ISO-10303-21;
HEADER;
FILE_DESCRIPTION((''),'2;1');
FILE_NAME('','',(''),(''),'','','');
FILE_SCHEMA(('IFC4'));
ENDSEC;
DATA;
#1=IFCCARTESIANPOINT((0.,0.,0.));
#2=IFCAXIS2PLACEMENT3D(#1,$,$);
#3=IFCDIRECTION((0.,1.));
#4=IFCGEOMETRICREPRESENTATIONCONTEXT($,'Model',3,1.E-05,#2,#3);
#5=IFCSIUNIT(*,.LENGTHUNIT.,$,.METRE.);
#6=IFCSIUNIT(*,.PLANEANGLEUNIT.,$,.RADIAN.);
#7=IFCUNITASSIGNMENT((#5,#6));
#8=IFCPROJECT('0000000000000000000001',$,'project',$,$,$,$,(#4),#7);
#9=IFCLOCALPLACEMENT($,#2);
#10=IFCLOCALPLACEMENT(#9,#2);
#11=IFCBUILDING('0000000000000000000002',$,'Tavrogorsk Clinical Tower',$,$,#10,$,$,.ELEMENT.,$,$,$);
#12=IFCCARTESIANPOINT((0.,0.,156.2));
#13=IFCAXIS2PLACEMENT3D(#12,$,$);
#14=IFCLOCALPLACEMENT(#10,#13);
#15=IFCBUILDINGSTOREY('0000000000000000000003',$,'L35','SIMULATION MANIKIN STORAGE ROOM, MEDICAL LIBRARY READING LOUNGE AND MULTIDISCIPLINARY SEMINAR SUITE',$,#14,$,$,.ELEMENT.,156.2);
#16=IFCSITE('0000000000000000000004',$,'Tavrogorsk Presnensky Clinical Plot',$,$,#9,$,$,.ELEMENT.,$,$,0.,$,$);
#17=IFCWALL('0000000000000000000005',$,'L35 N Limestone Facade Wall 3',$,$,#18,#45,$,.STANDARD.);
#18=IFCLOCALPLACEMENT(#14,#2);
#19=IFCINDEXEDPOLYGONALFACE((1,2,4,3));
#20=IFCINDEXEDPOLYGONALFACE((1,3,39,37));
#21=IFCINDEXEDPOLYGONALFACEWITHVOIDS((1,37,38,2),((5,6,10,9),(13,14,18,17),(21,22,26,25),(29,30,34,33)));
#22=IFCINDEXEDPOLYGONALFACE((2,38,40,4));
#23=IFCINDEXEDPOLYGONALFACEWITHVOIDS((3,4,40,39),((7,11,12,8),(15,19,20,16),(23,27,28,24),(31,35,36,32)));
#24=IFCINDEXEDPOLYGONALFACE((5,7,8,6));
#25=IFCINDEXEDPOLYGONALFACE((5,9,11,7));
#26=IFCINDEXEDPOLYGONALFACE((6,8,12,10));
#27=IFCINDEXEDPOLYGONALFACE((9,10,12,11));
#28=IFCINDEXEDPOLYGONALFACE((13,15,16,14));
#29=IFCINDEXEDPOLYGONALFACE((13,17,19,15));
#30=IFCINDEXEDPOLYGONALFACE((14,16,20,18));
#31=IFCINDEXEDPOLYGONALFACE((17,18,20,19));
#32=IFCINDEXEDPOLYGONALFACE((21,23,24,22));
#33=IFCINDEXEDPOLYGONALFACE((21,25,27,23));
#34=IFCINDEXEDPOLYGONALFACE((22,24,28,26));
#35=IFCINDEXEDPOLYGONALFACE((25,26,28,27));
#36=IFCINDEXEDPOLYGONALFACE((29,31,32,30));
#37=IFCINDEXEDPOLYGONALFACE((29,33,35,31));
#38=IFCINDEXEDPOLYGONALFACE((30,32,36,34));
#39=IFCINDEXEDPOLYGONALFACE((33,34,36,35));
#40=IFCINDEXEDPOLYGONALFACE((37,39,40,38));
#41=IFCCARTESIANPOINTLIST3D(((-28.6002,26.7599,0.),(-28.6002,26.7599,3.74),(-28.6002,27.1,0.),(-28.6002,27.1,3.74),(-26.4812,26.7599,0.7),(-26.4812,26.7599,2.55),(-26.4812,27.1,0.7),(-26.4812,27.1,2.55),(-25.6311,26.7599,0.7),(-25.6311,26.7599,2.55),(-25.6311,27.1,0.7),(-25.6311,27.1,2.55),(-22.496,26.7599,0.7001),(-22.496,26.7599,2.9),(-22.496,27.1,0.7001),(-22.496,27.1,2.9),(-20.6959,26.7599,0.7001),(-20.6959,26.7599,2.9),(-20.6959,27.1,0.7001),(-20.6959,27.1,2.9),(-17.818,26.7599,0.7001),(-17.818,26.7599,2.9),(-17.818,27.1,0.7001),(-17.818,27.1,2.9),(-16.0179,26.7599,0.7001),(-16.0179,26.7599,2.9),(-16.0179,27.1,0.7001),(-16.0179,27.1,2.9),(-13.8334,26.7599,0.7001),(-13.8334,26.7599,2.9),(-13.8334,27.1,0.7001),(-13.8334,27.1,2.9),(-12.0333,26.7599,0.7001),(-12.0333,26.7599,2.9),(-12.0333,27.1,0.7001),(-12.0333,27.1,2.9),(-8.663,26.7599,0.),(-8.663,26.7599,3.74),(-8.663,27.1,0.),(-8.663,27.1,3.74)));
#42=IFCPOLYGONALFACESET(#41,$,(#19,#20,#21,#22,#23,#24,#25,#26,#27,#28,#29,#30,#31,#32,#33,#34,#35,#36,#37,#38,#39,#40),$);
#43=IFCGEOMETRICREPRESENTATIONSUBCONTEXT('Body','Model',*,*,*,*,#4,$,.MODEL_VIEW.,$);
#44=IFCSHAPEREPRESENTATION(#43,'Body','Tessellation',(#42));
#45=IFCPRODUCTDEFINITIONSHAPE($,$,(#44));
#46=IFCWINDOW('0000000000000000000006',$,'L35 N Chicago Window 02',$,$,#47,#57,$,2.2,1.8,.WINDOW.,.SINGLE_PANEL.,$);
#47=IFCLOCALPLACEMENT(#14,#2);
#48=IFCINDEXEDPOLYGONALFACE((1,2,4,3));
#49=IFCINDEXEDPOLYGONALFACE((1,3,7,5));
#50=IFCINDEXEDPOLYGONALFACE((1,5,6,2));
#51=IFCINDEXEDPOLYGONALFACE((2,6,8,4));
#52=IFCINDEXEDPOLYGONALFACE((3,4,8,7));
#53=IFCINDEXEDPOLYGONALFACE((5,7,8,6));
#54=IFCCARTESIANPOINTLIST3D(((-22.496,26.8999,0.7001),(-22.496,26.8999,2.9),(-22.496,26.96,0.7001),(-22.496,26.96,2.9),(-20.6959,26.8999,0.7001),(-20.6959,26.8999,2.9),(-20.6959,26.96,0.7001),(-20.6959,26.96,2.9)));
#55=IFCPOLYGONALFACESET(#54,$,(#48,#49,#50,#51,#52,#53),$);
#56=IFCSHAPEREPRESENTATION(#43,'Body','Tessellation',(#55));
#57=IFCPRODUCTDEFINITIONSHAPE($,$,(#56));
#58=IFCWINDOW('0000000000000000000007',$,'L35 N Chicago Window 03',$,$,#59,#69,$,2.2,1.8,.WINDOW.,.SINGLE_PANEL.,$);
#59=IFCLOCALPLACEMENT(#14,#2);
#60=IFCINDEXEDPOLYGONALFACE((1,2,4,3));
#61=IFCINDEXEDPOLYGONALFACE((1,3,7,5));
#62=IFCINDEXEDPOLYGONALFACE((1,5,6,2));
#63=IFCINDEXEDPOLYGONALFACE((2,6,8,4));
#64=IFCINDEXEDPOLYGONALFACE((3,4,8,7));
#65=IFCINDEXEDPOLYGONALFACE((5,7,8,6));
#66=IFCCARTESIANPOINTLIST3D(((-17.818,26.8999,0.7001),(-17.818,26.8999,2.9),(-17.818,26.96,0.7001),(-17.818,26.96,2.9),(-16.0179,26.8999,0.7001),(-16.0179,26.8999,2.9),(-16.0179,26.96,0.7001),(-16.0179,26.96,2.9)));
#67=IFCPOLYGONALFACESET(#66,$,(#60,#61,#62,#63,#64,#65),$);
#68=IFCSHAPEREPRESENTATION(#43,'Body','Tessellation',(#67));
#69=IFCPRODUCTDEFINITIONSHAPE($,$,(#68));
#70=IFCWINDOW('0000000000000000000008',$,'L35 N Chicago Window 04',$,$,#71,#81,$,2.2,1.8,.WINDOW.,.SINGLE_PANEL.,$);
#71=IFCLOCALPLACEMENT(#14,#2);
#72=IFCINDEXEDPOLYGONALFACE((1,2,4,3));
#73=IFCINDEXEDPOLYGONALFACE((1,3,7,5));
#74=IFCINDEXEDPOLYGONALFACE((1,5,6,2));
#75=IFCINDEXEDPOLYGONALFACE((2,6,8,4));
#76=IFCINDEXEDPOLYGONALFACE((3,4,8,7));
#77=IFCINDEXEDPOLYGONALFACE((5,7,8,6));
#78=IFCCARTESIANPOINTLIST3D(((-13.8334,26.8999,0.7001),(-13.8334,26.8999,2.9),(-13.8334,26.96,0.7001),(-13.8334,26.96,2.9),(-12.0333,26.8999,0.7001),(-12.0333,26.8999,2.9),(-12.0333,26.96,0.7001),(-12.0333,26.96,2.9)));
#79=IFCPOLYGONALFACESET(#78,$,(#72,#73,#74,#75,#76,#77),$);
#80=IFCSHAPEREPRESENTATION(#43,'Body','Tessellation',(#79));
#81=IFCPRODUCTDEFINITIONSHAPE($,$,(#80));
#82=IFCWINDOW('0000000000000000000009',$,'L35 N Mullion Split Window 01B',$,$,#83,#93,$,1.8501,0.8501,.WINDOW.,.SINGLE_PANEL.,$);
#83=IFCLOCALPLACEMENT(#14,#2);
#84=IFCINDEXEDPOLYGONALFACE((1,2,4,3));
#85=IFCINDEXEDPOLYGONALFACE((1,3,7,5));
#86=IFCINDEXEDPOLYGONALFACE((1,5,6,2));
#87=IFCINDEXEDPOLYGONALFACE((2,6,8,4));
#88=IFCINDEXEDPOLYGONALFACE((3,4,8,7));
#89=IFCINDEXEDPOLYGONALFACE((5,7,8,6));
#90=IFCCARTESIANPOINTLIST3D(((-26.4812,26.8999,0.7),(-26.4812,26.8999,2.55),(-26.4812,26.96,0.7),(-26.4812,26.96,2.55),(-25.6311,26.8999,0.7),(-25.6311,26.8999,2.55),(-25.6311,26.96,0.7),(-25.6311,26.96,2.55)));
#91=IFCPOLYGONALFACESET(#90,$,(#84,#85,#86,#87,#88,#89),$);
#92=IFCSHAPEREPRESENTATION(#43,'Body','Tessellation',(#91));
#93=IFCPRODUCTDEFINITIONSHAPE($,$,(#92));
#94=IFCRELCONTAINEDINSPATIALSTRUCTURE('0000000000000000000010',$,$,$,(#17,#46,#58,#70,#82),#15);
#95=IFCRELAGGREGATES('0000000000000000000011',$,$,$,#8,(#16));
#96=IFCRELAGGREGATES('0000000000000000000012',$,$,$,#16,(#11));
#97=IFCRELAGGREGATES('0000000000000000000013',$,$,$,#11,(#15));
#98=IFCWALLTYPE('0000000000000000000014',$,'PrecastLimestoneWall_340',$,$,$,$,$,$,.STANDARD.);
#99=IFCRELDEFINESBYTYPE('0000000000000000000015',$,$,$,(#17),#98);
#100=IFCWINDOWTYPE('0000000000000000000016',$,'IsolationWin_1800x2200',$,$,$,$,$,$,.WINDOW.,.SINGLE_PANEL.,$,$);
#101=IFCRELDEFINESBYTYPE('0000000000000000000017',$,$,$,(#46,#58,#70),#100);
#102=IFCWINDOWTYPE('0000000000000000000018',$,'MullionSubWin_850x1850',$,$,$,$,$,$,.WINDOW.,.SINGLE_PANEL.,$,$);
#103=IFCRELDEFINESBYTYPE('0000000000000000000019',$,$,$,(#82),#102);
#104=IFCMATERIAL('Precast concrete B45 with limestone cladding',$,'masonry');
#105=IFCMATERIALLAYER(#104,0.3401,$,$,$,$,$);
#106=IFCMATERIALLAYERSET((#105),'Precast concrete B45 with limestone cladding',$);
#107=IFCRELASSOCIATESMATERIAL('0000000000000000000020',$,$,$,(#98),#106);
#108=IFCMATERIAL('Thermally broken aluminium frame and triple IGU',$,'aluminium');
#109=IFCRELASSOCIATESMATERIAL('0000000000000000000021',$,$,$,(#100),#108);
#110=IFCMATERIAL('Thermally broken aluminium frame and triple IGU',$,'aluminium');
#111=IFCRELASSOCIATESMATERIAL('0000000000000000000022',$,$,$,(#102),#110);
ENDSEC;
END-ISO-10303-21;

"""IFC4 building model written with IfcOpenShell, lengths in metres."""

from ifc_helpers import new_model, si_unit, direction, frame, frame_2d, origin, place, context, subcontext, project, spatial, rectangle, extrude, material, layer, layer_set, type_object, element, fill, save


model = new_model("IFC4")

# Units and contexts
model_context = context("Model", 3, precision=1e-05, world=origin(), true_north=direction((0.0, 1.0)))
body_context = subcontext(model_context, "Body", "Model", "MODEL_VIEW")
ifc_project = project(units=[si_unit("LENGTHUNIT", "METRE"), si_unit("PLANEANGLEUNIT", "RADIAN")], contexts=[model_context])

# Site, building, storey
site_placement = place(None, origin())
site = spatial("IfcSite", under=ifc_project, at=site_placement, Name="Tavrogorsk Presnensky Clinical Plot", CompositionType="ELEMENT", RefElevation=0.0)
building_placement = place(site_placement, origin())
building = spatial("IfcBuilding", under=site, at=building_placement, Name="Tavrogorsk Clinical Tower", CompositionType="ELEMENT")
storey_placement = place(building_placement, frame((0.0, 0.0, 156.2)))
storey = spatial("IfcBuildingStorey", under=building, at=storey_placement, Name="L35", Description="SIMULATION MANIKIN STORAGE ROOM, MEDICAL LIBRARY READING LOUNGE AND MULTIDISCIPLINARY SEMINAR SUITE", CompositionType="ELEMENT", Elevation=156.2)

# Wall, openings, windows
ifc_material_1 = material(Name="Precast concrete B45 with limestone cladding", Category="masonry")
ifc_layer_1 = layer(ifc_material_1, 0.3401)
ifc_layer_set_1 = layer_set([ifc_layer_1], Name="Precast concrete B45 with limestone cladding")
wall_type_1 = type_object("IfcWallType", Name="PrecastLimestoneWall_340", PredefinedType="STANDARD", material=ifc_layer_set_1)
wall_1_placement = place(storey_placement, frame((-8.6628, 26.9299, 0.0), z_axis=(0.0, 0.0, 1.0), x_axis=(-1.0, 0.0, 0.0)))
wall_1 = element("IfcWall", 1, at=wall_1_placement, inside=storey, type_object=wall_type_1, Name="L35 N Limestone Facade Wall 3", PredefinedType="STANDARD", context=body_context, shape_type="SweptSolid", body=[
    extrude(rectangle(XDim=19.9373, YDim=0.3401, at=frame_2d((9.9688, 0.0))), origin(), (0.0, 0.0, 1.0), 3.74),
])
opening_1_placement = place(wall_1_placement, frame((16.9683, 0.0, 0.7)))
opening_1 = element("IfcOpeningElement", 2, at=opening_1_placement, cuts=wall_1, PredefinedType="OPENING", context=body_context, shape_type="SweptSolid", body=[
    extrude(rectangle(XDim=0.8501, YDim=1.8501, at=frame_2d((0.425, 0.925))), frame((0.0, 0.1799, 0.0), z_axis=(0.0, -1.0, 0.0), x_axis=(1.0, 0.0, 0.0)), (0.0, 0.0, 1.0), 0.3601),
])
opening_2_placement = place(wall_1_placement, frame((12.0332, 0.0, 0.7)))
opening_2 = element("IfcOpeningElement", 3, at=opening_2_placement, cuts=wall_1, PredefinedType="OPENING", context=body_context, shape_type="SweptSolid", body=[
    extrude(rectangle(XDim=1.8, YDim=2.2, at=frame_2d((0.8999, 1.1001))), frame((0.0, 0.1799, 0.0), z_axis=(0.0, -1.0, 0.0), x_axis=(1.0, 0.0, 0.0)), (0.0, 0.0, 1.0), 0.3601),
])
opening_3_placement = place(wall_1_placement, frame((7.3552, 0.0, 0.7)))
opening_3 = element("IfcOpeningElement", 4, at=opening_3_placement, cuts=wall_1, PredefinedType="OPENING", context=body_context, shape_type="SweptSolid", body=[
    extrude(rectangle(XDim=1.8, YDim=2.2, at=frame_2d((0.8999, 1.1001))), frame((0.0, 0.1799, 0.0), z_axis=(0.0, -1.0, 0.0), x_axis=(1.0, 0.0, 0.0)), (0.0, 0.0, 1.0), 0.3601),
])
opening_4_placement = place(wall_1_placement, frame((3.3706, 0.0, 0.7)))
opening_4 = element("IfcOpeningElement", 5, at=opening_4_placement, cuts=wall_1, PredefinedType="OPENING", context=body_context, shape_type="SweptSolid", body=[
    extrude(rectangle(XDim=1.8, YDim=2.2, at=frame_2d((0.8999, 1.1001))), frame((0.0, 0.1799, 0.0), z_axis=(0.0, -1.0, 0.0), x_axis=(1.0, 0.0, 0.0)), (0.0, 0.0, 1.0), 0.3601),
])
ifc_material_2 = material(Name="Thermally broken aluminium frame and triple IGU", Category="aluminium")
window_type_1 = type_object("IfcWindowType", Name="IsolationWin_1800x2200", PartitioningType="SINGLE_PANEL", PredefinedType="WINDOW", material=ifc_material_2)
window_1_placement = place(opening_2_placement, origin())
window_1 = element("IfcWindow", 6, at=window_1_placement, inside=storey, type_object=window_type_1, Name="L35 N Chicago Window 02", OverallHeight=2.2, OverallWidth=1.8, PartitioningType="SINGLE_PANEL", PredefinedType="WINDOW", context=body_context, shape_type="SweptSolid", body=[
    extrude(rectangle(XDim=1.8, YDim=2.2, at=frame_2d((0.8999, 1.1001))), frame((0.0, 0.03, 0.0), z_axis=(0.0, -1.0, 0.0), x_axis=(1.0, 0.0, 0.0)), (0.0, 0.0, 1.0), 0.0601),
])
fill(opening_2, window_1)
window_2_placement = place(opening_3_placement, origin())
window_2 = element("IfcWindow", 7, at=window_2_placement, inside=storey, type_object=window_type_1, Name="L35 N Chicago Window 03", OverallHeight=2.2, OverallWidth=1.8, PartitioningType="SINGLE_PANEL", PredefinedType="WINDOW", context=body_context, shape_type="SweptSolid", body=[
    extrude(rectangle(XDim=1.8, YDim=2.2, at=frame_2d((0.8999, 1.1001))), frame((0.0, 0.03, 0.0), z_axis=(0.0, -1.0, 0.0), x_axis=(1.0, 0.0, 0.0)), (0.0, 0.0, 1.0), 0.0601),
])
fill(opening_3, window_2)
window_3_placement = place(opening_4_placement, origin())
window_3 = element("IfcWindow", 8, at=window_3_placement, inside=storey, type_object=window_type_1, Name="L35 N Chicago Window 04", OverallHeight=2.2, OverallWidth=1.8, PartitioningType="SINGLE_PANEL", PredefinedType="WINDOW", context=body_context, shape_type="SweptSolid", body=[
    extrude(rectangle(XDim=1.8, YDim=2.2, at=frame_2d((0.8999, 1.1001))), frame((0.0, 0.03, 0.0), z_axis=(0.0, -1.0, 0.0), x_axis=(1.0, 0.0, 0.0)), (0.0, 0.0, 1.0), 0.0601),
])
fill(opening_4, window_3)
ifc_material_3 = material(Name="Thermally broken aluminium frame and triple IGU", Category="aluminium")
window_type_2 = type_object("IfcWindowType", Name="MullionSubWin_850x1850", PartitioningType="SINGLE_PANEL", PredefinedType="WINDOW", material=ifc_material_3)
window_4_placement = place(opening_1_placement, origin())
window_4 = element("IfcWindow", 9, at=window_4_placement, inside=storey, type_object=window_type_2, Name="L35 N Mullion Split Window 01B", OverallHeight=1.8501, OverallWidth=0.8501, PartitioningType="SINGLE_PANEL", PredefinedType="WINDOW", context=body_context, shape_type="SweptSolid", body=[
    extrude(rectangle(XDim=0.8501, YDim=1.8501, at=frame_2d((0.425, 0.925))), frame((0.0, 0.03, 0.0), z_axis=(0.0, -1.0, 0.0), x_axis=(1.0, 0.0, 0.0)), (0.0, 0.0, 1.0), 0.0601),
])
fill(opening_1, window_4)

save(model, "model.ifc")
